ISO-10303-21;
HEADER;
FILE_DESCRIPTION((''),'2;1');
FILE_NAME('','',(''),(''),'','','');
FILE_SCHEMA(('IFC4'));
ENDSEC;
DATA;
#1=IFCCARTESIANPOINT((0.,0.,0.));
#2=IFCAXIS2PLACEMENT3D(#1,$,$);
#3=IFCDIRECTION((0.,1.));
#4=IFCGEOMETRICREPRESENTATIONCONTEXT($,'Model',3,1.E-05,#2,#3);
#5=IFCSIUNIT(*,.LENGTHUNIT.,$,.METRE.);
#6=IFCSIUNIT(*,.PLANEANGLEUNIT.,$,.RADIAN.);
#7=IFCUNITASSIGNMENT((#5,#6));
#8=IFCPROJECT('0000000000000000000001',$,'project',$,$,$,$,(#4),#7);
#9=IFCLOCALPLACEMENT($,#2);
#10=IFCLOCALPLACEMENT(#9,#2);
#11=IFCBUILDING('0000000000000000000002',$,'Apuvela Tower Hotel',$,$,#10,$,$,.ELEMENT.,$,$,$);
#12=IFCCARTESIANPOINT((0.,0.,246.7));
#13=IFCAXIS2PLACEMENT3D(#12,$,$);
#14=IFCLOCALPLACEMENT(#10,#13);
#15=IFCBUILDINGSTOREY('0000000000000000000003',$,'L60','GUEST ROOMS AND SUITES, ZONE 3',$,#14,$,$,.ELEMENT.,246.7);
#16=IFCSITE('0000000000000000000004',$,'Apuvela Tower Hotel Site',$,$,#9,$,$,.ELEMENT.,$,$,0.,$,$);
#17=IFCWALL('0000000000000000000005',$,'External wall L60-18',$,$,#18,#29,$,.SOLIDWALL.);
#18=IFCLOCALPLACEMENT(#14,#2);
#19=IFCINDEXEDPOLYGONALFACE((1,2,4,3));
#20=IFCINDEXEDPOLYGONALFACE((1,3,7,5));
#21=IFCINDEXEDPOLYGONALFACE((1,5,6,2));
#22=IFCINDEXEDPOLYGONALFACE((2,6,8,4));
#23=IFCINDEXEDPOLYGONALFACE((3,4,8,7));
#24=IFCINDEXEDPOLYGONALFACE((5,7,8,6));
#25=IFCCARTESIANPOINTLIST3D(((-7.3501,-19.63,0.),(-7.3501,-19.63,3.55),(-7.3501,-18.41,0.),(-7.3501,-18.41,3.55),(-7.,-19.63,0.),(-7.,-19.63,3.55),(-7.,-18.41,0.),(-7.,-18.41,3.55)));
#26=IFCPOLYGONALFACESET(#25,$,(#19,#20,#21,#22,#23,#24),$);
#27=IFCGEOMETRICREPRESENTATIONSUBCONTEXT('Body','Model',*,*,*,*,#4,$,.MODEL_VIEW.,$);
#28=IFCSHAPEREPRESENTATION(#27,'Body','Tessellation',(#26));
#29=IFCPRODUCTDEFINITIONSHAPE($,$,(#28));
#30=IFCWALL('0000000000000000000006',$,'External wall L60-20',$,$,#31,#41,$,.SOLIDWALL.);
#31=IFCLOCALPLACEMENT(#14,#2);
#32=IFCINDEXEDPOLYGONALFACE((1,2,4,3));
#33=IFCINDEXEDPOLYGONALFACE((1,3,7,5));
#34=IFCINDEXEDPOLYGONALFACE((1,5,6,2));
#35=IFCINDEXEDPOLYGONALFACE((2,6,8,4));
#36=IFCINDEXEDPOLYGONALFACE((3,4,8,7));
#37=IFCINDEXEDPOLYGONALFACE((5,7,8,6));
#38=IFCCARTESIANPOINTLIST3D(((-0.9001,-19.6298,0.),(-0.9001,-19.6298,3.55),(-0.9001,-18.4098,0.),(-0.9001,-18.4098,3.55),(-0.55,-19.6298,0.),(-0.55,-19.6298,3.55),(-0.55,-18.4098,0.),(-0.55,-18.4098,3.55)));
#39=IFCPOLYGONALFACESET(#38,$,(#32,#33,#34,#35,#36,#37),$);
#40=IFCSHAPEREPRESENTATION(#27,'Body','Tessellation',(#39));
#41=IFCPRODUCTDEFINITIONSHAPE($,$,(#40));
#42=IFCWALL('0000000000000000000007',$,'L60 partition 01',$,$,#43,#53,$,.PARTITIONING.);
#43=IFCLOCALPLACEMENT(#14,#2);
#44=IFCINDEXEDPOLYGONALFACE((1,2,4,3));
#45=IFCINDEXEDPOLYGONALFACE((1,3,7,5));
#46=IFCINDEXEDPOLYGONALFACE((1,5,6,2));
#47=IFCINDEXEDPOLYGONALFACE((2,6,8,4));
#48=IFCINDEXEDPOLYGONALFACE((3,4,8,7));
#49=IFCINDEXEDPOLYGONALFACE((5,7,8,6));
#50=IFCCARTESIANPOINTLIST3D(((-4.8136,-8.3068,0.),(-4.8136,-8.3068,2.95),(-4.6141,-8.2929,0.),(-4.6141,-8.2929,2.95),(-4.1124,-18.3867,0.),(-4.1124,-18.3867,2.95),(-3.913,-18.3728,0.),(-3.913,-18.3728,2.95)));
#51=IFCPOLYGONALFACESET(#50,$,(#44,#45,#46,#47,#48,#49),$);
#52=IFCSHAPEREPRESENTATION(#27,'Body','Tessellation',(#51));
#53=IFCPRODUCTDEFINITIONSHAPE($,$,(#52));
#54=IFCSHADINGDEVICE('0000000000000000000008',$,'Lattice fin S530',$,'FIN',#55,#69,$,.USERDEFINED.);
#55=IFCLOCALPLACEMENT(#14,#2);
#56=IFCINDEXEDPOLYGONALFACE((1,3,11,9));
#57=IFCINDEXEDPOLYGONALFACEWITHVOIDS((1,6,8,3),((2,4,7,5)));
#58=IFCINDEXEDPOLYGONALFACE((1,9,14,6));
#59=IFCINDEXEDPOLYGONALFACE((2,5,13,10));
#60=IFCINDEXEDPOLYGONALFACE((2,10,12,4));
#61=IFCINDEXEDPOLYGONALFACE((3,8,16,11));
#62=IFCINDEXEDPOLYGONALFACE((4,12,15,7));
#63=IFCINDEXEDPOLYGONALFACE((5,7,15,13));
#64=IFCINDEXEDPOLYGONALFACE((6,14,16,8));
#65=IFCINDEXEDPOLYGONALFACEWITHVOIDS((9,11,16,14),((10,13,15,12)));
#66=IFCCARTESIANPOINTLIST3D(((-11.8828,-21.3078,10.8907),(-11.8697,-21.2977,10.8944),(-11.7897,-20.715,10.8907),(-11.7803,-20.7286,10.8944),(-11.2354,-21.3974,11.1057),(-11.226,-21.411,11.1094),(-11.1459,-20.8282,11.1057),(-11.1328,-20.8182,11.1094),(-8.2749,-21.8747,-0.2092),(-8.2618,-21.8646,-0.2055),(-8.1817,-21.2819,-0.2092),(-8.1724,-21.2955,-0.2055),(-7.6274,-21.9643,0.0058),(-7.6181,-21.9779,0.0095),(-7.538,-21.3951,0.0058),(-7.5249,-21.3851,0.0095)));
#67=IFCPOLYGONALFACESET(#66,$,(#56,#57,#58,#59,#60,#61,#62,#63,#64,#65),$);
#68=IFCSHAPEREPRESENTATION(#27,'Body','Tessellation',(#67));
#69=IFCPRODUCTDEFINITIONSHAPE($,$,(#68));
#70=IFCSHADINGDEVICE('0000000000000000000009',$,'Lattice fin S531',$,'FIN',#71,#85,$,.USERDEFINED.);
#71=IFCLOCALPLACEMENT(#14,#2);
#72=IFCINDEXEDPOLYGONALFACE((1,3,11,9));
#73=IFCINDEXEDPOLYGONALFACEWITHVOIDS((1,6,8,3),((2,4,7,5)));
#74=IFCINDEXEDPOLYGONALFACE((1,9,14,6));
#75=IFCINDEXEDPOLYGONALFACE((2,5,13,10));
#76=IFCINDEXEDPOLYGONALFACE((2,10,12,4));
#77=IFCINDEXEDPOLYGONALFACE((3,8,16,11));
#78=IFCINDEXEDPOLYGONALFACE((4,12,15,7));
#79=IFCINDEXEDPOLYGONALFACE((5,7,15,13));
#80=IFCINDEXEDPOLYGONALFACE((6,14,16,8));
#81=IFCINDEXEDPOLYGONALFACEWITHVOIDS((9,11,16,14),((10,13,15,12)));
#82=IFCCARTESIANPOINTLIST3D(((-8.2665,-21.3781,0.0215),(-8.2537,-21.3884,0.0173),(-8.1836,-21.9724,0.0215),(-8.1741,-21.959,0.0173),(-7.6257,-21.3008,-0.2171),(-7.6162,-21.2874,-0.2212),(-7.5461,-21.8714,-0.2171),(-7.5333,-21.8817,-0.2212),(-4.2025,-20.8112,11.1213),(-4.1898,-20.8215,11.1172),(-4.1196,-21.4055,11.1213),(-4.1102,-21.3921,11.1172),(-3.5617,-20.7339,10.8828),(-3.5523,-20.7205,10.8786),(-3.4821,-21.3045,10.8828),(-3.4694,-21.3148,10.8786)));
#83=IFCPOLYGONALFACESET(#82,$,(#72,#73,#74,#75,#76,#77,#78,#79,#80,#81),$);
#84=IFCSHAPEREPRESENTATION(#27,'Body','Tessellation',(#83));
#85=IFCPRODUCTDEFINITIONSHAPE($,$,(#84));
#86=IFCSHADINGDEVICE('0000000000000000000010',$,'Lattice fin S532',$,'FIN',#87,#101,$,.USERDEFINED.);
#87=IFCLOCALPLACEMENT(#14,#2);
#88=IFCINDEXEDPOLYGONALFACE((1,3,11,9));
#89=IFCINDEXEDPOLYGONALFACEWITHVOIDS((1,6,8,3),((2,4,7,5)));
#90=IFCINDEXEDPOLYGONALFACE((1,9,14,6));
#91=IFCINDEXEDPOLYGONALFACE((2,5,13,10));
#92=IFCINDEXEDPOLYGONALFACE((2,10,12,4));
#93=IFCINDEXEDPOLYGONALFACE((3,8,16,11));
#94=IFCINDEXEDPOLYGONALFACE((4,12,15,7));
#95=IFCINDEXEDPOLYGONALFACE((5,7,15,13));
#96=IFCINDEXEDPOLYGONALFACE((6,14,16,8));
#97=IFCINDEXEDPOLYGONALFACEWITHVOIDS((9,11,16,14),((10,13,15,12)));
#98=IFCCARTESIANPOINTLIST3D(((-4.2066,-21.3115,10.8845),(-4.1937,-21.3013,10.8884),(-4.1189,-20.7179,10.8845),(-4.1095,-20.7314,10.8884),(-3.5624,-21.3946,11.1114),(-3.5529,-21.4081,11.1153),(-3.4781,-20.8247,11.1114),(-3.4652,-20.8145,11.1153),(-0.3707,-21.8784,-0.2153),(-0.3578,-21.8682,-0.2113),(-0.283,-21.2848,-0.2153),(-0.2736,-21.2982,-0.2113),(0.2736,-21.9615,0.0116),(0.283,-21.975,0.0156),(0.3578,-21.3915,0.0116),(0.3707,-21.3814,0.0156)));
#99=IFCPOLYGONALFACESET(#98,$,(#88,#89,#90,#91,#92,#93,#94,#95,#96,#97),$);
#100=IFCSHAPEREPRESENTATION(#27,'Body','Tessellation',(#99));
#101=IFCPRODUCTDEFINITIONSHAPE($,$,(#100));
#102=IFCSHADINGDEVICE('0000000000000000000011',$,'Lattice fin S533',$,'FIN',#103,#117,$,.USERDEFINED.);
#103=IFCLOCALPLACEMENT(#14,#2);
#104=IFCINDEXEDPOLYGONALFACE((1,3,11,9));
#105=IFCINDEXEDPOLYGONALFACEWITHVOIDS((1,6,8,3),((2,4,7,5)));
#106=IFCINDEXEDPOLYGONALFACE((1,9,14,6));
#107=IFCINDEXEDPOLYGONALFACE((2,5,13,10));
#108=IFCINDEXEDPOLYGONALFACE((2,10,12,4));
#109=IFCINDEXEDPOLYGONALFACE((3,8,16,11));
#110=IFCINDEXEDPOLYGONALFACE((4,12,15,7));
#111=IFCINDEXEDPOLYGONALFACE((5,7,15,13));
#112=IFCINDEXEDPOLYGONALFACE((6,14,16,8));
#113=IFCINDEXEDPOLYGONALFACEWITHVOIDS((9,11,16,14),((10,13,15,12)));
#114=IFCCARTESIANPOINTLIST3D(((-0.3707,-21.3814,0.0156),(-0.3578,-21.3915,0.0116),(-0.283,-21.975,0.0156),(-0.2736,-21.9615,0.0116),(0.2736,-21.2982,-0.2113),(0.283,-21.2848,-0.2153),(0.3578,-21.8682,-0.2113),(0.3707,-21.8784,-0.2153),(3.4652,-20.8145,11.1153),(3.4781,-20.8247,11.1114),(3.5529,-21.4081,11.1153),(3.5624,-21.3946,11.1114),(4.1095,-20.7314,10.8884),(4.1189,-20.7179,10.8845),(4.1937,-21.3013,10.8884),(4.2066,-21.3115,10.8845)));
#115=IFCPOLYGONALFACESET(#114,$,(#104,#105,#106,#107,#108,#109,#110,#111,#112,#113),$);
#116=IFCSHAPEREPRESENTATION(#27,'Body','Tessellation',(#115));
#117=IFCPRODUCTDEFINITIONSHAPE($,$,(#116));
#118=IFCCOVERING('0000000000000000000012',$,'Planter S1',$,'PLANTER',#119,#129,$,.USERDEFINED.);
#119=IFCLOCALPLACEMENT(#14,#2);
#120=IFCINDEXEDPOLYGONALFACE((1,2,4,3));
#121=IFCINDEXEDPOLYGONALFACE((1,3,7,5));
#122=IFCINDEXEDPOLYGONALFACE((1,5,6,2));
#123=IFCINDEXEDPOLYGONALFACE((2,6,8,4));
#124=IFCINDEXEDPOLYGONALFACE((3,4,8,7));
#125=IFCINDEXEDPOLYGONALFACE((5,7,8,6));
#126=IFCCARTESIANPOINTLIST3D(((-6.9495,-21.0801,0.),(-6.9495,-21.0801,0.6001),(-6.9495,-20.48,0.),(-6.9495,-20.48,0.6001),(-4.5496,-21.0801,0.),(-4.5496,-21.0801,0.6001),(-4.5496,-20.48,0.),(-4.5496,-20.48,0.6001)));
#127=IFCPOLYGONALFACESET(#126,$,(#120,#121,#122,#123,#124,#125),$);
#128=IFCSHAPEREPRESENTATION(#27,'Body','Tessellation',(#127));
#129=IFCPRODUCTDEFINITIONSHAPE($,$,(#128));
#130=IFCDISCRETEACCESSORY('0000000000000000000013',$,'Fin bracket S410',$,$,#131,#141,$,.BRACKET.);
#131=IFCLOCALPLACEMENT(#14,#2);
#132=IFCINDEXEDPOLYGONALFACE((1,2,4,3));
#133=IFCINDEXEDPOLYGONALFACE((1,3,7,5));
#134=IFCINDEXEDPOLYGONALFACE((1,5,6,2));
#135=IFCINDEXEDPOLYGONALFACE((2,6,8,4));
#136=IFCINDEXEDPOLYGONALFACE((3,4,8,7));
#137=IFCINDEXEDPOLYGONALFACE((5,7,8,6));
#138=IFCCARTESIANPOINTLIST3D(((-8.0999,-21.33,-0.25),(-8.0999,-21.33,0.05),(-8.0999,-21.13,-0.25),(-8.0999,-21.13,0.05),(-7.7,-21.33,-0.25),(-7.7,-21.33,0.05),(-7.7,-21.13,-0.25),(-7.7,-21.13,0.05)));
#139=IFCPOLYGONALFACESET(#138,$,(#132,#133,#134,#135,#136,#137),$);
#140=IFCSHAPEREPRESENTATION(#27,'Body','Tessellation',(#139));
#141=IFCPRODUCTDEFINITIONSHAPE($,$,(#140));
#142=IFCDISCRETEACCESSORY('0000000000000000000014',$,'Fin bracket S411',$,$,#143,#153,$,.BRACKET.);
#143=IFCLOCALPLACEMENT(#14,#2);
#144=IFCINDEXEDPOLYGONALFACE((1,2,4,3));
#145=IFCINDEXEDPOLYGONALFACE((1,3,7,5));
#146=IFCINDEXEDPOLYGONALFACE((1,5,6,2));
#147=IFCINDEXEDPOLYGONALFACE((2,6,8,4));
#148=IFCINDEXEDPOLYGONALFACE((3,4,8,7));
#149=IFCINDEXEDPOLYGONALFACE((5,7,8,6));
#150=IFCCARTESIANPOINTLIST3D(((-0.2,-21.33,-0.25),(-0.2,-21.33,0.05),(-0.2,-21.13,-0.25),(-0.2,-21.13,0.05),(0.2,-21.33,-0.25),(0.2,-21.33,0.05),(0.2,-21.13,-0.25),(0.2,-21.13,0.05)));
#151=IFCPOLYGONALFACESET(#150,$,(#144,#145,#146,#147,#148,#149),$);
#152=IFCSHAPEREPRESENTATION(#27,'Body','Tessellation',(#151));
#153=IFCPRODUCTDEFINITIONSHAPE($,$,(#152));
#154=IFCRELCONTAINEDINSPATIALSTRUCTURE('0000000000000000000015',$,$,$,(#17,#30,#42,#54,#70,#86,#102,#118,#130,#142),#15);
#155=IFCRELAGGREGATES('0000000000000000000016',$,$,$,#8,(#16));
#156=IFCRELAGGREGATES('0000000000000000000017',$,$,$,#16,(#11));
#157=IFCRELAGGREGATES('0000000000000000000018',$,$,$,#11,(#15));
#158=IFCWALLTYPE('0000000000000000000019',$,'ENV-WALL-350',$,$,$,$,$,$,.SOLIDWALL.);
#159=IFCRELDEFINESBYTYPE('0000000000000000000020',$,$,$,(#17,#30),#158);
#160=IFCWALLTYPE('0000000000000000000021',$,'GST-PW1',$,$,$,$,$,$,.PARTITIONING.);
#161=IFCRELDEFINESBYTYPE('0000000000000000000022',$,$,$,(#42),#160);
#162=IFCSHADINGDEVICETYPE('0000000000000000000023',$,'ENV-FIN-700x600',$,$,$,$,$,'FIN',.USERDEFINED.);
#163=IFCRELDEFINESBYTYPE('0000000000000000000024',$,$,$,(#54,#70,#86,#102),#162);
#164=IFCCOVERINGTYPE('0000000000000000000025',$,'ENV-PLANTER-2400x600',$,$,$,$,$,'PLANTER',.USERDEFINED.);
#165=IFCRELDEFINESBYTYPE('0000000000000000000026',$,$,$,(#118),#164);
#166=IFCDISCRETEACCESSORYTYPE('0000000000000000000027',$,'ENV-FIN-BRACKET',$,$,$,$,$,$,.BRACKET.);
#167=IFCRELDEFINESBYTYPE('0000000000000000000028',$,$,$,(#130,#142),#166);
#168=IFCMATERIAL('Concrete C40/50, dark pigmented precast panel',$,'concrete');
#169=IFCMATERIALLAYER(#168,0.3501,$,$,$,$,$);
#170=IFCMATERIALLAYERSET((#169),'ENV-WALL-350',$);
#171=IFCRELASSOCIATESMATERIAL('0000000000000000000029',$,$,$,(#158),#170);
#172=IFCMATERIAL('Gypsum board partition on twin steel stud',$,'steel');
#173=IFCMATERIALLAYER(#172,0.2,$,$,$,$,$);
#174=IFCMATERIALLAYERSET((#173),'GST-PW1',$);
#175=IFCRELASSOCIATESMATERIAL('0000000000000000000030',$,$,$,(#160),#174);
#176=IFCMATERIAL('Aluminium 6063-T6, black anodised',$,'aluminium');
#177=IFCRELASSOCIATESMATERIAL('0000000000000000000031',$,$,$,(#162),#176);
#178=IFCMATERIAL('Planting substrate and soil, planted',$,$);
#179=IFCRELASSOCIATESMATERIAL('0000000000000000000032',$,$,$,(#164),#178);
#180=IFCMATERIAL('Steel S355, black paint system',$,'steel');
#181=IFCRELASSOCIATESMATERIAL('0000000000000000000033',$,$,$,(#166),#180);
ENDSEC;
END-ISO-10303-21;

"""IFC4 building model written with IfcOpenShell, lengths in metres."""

from ifc_helpers import new_model, si_unit, direction, frame, frame_2d, origin, origin_2d, place, context, subcontext, project, spatial, rectangle, hollow_rectangle, extrude, material, layer, layer_set, material_profile, profile_set, type_object, element, save


model = new_model("IFC4")

# Units and contexts
model_context = context("Model", 3, precision=1e-05, world=origin(), true_north=direction((0.0, 1.0)))
body_context = subcontext(model_context, "Body", "Model", "MODEL_VIEW")
ifc_project = project(units=[si_unit("LENGTHUNIT", "METRE"), si_unit("PLANEANGLEUNIT", "RADIAN")], contexts=[model_context])

# Site, building, storey
site_placement = place(None, origin())
site = spatial("IfcSite", under=ifc_project, at=site_placement, Name="Apuvela Tower Hotel Site", CompositionType="ELEMENT", RefElevation=0.0)
building_placement = place(site_placement, origin())
building = spatial("IfcBuilding", under=site, at=building_placement, Name="Apuvela Tower Hotel", CompositionType="ELEMENT")
storey_placement = place(building_placement, frame((0.0, 0.0, 246.7)))
storey = spatial("IfcBuildingStorey", under=building, at=storey_placement, Name="L60", Description="GUEST ROOMS AND SUITES, ZONE 3", CompositionType="ELEMENT", Elevation=246.7)

# Wall
ifc_material_1 = material(Name="Concrete C40/50, dark pigmented precast panel", Category="concrete")
ifc_layer_1 = layer(ifc_material_1, 0.3501)
ifc_layer_set_1 = layer_set([ifc_layer_1], Name="ENV-WALL-350")
wall_type_1 = type_object("IfcWallType", Name="ENV-WALL-350", PredefinedType="SOLIDWALL", material=ifc_layer_set_1)
wall_1_placement = place(storey_placement, frame((-7.175, -19.6299, 0.0), z_axis=(0.0, 0.0, 1.0), x_axis=(0.0, 1.0, 0.0)))
element("IfcWall", 1, at=wall_1_placement, inside=storey, type_object=wall_type_1, Name="External wall L60-18", PredefinedType="SOLIDWALL", context=body_context, shape_type="SweptSolid", body=[
    extrude(rectangle(XDim=1.22, YDim=0.3501, at=frame_2d((0.6099, 0.0))), origin(), (0.0, 0.0, 1.0), 3.55),
])

# Wall
wall_2_placement = place(storey_placement, frame((-0.7251, -18.4099, 0.0), z_axis=(0.0, 0.0, 1.0), x_axis=(0.0, -1.0, 0.0)))
element("IfcWall", 2, at=wall_2_placement, inside=storey, type_object=wall_type_1, Name="External wall L60-20", PredefinedType="SOLIDWALL", context=body_context, shape_type="SweptSolid", body=[
    extrude(rectangle(XDim=1.22, YDim=0.3501, at=frame_2d((0.6099, 0.0))), origin(), (0.0, 0.0, 1.0), 3.55),
])

# Wall
ifc_material_2 = material(Name="Gypsum board partition on twin steel stud", Category="steel")
ifc_layer_2 = layer(ifc_material_2, 0.2)
ifc_layer_set_2 = layer_set([ifc_layer_2], Name="GST-PW1")
wall_type_2 = type_object("IfcWallType", Name="GST-PW1", PredefinedType="PARTITIONING", material=ifc_layer_set_2)
wall_3_placement = place(storey_placement, frame((-4.0127, -18.3799, 0.0), z_axis=(0.0, 0.0, 1.0), x_axis=(-0.069394, 0.997589, 0.0)))
element("IfcWall", 3, at=wall_3_placement, inside=storey, type_object=wall_type_2, Name="L60 partition 01", PredefinedType="PARTITIONING", context=body_context, shape_type="SweptSolid", body=[
    extrude(rectangle(XDim=10.1042, YDim=0.2, at=frame_2d((5.0522, 0.0))), origin(), (0.0, 0.0, 1.0), 2.95),
])

# Shading devices
ifc_material_3 = material(Name="Aluminium 6063-T6, black anodised", Category="aluminium")
ifc_material_profile_1 = material_profile(ifc_material_3, hollow_rectangle(XDim=0.6001, YDim=0.7, WallThickness=0.012, at=origin_2d()), Name="AL BOX 700x600x12")
ifc_profile_set_1 = profile_set([ifc_material_profile_1], Name="Aluminium 6063-T6, black anodised")
shading_device_type = type_object("IfcShadingDeviceType", Name="ENV-FIN-700x600", ElementType="FIN", PredefinedType="USERDEFINED", material=ifc_profile_set_1)
shading_device_1_placement = place(storey_placement, frame((-7.8999, -21.6299, -0.0999), z_axis=(-0.308758, 0.048514, 0.949903), x_axis=(-0.155221, -0.98788, 0.0)))
element("IfcShadingDevice", 4, at=shading_device_1_placement, inside=storey, type_object=shading_device_type, Name="Lattice fin S530", ObjectType="FIN", PredefinedType="USERDEFINED", context=body_context, shape_type="SweptSolid", body=[
    extrude(hollow_rectangle(XDim=0.6001, YDim=0.7, WallThickness=0.012, at=origin_2d()), origin(), (0.0, 0.0, 1.0), 11.6853),
])
shading_device_2_placement = place(storey_placement, frame((-7.8999, -21.6299, -0.0999), z_axis=(0.343414, 0.047904, 0.937962), x_axis=(-0.138155, 0.990411, 0.0)))
element("IfcShadingDevice", 5, at=shading_device_2_placement, inside=storey, type_object=shading_device_type, Name="Lattice fin S531", ObjectType="FIN", PredefinedType="USERDEFINED", context=body_context, shape_type="SweptSolid", body=[
    extrude(hollow_rectangle(XDim=0.6001, YDim=0.7, WallThickness=0.012, at=origin_2d()), origin(), (0.0, 0.0, 1.0), 11.834),
])
for number, where, z_axis, x_axis, name in (
    (6, (0.0, -21.6299, -0.0999), (-0.32625, 0.048215, 0.944053), (-0.146197, -0.989255, 0.0), "Lattice fin S532"),
    (7, (0.0, -21.6299, -0.0999), (0.32625, 0.048215, 0.944053), (-0.146197, 0.989255, 0.0), "Lattice fin S533"),
):
    element("IfcShadingDevice", number, at=place(storey_placement, frame(where, z_axis=z_axis, x_axis=x_axis)), inside=storey, type_object=shading_device_type, Name=name, ObjectType="FIN", PredefinedType="USERDEFINED", context=body_context, shape_type="SweptSolid", body=[
        extrude(hollow_rectangle(XDim=0.6001, YDim=0.7, WallThickness=0.012, at=origin_2d()), origin(), (0.0, 0.0, 1.0), 11.7576),
    ])

# Covering
ifc_material_4 = material(Name="Planting substrate and soil, planted")
covering_type = type_object("IfcCoveringType", Name="ENV-PLANTER-2400x600", ElementType="PLANTER", PredefinedType="USERDEFINED", material=ifc_material_4)
covering_placement = place(storey_placement, frame((-5.7495, -20.78, 0.0), z_axis=(0.0, 0.0, 1.0), x_axis=(1.0, 0.0, 0.0)))
element("IfcCovering", 8, at=covering_placement, inside=storey, type_object=covering_type, Name="Planter S1", ObjectType="PLANTER", PredefinedType="USERDEFINED", context=body_context, shape_type="SweptSolid", body=[
    extrude(rectangle(XDim=2.3999, YDim=0.6001, at=origin_2d()), origin(), (0.0, 0.0, 1.0), 0.6001),
])

# Discrete accessories
ifc_material_5 = material(Name="Steel S355, black paint system", Category="steel")
discrete_accessory_type = type_object("IfcDiscreteAccessoryType", Name="ENV-FIN-BRACKET", PredefinedType="BRACKET", material=ifc_material_5)
for number, where, z_axis, x_axis, name in (
    (9, (-7.8999, -21.23, -0.25), (0.0, 0.0, 1.0), (1.0, 0.0, 0.0), "Fin bracket S410"),
    (10, (0.0, -21.23, -0.25), (0.0, 0.0, 1.0), (1.0, 0.0, 0.0), "Fin bracket S411"),
):
    element("IfcDiscreteAccessory", number, at=place(storey_placement, frame(where, z_axis=z_axis, x_axis=x_axis)), inside=storey, type_object=discrete_accessory_type, Name=name, PredefinedType="BRACKET", context=body_context, shape_type="SweptSolid", body=[
        extrude(rectangle(XDim=0.3999, YDim=0.2, at=origin_2d()), origin(), (0.0, 0.0, 1.0), 0.3),
    ])

save(model, "model.ifc")
